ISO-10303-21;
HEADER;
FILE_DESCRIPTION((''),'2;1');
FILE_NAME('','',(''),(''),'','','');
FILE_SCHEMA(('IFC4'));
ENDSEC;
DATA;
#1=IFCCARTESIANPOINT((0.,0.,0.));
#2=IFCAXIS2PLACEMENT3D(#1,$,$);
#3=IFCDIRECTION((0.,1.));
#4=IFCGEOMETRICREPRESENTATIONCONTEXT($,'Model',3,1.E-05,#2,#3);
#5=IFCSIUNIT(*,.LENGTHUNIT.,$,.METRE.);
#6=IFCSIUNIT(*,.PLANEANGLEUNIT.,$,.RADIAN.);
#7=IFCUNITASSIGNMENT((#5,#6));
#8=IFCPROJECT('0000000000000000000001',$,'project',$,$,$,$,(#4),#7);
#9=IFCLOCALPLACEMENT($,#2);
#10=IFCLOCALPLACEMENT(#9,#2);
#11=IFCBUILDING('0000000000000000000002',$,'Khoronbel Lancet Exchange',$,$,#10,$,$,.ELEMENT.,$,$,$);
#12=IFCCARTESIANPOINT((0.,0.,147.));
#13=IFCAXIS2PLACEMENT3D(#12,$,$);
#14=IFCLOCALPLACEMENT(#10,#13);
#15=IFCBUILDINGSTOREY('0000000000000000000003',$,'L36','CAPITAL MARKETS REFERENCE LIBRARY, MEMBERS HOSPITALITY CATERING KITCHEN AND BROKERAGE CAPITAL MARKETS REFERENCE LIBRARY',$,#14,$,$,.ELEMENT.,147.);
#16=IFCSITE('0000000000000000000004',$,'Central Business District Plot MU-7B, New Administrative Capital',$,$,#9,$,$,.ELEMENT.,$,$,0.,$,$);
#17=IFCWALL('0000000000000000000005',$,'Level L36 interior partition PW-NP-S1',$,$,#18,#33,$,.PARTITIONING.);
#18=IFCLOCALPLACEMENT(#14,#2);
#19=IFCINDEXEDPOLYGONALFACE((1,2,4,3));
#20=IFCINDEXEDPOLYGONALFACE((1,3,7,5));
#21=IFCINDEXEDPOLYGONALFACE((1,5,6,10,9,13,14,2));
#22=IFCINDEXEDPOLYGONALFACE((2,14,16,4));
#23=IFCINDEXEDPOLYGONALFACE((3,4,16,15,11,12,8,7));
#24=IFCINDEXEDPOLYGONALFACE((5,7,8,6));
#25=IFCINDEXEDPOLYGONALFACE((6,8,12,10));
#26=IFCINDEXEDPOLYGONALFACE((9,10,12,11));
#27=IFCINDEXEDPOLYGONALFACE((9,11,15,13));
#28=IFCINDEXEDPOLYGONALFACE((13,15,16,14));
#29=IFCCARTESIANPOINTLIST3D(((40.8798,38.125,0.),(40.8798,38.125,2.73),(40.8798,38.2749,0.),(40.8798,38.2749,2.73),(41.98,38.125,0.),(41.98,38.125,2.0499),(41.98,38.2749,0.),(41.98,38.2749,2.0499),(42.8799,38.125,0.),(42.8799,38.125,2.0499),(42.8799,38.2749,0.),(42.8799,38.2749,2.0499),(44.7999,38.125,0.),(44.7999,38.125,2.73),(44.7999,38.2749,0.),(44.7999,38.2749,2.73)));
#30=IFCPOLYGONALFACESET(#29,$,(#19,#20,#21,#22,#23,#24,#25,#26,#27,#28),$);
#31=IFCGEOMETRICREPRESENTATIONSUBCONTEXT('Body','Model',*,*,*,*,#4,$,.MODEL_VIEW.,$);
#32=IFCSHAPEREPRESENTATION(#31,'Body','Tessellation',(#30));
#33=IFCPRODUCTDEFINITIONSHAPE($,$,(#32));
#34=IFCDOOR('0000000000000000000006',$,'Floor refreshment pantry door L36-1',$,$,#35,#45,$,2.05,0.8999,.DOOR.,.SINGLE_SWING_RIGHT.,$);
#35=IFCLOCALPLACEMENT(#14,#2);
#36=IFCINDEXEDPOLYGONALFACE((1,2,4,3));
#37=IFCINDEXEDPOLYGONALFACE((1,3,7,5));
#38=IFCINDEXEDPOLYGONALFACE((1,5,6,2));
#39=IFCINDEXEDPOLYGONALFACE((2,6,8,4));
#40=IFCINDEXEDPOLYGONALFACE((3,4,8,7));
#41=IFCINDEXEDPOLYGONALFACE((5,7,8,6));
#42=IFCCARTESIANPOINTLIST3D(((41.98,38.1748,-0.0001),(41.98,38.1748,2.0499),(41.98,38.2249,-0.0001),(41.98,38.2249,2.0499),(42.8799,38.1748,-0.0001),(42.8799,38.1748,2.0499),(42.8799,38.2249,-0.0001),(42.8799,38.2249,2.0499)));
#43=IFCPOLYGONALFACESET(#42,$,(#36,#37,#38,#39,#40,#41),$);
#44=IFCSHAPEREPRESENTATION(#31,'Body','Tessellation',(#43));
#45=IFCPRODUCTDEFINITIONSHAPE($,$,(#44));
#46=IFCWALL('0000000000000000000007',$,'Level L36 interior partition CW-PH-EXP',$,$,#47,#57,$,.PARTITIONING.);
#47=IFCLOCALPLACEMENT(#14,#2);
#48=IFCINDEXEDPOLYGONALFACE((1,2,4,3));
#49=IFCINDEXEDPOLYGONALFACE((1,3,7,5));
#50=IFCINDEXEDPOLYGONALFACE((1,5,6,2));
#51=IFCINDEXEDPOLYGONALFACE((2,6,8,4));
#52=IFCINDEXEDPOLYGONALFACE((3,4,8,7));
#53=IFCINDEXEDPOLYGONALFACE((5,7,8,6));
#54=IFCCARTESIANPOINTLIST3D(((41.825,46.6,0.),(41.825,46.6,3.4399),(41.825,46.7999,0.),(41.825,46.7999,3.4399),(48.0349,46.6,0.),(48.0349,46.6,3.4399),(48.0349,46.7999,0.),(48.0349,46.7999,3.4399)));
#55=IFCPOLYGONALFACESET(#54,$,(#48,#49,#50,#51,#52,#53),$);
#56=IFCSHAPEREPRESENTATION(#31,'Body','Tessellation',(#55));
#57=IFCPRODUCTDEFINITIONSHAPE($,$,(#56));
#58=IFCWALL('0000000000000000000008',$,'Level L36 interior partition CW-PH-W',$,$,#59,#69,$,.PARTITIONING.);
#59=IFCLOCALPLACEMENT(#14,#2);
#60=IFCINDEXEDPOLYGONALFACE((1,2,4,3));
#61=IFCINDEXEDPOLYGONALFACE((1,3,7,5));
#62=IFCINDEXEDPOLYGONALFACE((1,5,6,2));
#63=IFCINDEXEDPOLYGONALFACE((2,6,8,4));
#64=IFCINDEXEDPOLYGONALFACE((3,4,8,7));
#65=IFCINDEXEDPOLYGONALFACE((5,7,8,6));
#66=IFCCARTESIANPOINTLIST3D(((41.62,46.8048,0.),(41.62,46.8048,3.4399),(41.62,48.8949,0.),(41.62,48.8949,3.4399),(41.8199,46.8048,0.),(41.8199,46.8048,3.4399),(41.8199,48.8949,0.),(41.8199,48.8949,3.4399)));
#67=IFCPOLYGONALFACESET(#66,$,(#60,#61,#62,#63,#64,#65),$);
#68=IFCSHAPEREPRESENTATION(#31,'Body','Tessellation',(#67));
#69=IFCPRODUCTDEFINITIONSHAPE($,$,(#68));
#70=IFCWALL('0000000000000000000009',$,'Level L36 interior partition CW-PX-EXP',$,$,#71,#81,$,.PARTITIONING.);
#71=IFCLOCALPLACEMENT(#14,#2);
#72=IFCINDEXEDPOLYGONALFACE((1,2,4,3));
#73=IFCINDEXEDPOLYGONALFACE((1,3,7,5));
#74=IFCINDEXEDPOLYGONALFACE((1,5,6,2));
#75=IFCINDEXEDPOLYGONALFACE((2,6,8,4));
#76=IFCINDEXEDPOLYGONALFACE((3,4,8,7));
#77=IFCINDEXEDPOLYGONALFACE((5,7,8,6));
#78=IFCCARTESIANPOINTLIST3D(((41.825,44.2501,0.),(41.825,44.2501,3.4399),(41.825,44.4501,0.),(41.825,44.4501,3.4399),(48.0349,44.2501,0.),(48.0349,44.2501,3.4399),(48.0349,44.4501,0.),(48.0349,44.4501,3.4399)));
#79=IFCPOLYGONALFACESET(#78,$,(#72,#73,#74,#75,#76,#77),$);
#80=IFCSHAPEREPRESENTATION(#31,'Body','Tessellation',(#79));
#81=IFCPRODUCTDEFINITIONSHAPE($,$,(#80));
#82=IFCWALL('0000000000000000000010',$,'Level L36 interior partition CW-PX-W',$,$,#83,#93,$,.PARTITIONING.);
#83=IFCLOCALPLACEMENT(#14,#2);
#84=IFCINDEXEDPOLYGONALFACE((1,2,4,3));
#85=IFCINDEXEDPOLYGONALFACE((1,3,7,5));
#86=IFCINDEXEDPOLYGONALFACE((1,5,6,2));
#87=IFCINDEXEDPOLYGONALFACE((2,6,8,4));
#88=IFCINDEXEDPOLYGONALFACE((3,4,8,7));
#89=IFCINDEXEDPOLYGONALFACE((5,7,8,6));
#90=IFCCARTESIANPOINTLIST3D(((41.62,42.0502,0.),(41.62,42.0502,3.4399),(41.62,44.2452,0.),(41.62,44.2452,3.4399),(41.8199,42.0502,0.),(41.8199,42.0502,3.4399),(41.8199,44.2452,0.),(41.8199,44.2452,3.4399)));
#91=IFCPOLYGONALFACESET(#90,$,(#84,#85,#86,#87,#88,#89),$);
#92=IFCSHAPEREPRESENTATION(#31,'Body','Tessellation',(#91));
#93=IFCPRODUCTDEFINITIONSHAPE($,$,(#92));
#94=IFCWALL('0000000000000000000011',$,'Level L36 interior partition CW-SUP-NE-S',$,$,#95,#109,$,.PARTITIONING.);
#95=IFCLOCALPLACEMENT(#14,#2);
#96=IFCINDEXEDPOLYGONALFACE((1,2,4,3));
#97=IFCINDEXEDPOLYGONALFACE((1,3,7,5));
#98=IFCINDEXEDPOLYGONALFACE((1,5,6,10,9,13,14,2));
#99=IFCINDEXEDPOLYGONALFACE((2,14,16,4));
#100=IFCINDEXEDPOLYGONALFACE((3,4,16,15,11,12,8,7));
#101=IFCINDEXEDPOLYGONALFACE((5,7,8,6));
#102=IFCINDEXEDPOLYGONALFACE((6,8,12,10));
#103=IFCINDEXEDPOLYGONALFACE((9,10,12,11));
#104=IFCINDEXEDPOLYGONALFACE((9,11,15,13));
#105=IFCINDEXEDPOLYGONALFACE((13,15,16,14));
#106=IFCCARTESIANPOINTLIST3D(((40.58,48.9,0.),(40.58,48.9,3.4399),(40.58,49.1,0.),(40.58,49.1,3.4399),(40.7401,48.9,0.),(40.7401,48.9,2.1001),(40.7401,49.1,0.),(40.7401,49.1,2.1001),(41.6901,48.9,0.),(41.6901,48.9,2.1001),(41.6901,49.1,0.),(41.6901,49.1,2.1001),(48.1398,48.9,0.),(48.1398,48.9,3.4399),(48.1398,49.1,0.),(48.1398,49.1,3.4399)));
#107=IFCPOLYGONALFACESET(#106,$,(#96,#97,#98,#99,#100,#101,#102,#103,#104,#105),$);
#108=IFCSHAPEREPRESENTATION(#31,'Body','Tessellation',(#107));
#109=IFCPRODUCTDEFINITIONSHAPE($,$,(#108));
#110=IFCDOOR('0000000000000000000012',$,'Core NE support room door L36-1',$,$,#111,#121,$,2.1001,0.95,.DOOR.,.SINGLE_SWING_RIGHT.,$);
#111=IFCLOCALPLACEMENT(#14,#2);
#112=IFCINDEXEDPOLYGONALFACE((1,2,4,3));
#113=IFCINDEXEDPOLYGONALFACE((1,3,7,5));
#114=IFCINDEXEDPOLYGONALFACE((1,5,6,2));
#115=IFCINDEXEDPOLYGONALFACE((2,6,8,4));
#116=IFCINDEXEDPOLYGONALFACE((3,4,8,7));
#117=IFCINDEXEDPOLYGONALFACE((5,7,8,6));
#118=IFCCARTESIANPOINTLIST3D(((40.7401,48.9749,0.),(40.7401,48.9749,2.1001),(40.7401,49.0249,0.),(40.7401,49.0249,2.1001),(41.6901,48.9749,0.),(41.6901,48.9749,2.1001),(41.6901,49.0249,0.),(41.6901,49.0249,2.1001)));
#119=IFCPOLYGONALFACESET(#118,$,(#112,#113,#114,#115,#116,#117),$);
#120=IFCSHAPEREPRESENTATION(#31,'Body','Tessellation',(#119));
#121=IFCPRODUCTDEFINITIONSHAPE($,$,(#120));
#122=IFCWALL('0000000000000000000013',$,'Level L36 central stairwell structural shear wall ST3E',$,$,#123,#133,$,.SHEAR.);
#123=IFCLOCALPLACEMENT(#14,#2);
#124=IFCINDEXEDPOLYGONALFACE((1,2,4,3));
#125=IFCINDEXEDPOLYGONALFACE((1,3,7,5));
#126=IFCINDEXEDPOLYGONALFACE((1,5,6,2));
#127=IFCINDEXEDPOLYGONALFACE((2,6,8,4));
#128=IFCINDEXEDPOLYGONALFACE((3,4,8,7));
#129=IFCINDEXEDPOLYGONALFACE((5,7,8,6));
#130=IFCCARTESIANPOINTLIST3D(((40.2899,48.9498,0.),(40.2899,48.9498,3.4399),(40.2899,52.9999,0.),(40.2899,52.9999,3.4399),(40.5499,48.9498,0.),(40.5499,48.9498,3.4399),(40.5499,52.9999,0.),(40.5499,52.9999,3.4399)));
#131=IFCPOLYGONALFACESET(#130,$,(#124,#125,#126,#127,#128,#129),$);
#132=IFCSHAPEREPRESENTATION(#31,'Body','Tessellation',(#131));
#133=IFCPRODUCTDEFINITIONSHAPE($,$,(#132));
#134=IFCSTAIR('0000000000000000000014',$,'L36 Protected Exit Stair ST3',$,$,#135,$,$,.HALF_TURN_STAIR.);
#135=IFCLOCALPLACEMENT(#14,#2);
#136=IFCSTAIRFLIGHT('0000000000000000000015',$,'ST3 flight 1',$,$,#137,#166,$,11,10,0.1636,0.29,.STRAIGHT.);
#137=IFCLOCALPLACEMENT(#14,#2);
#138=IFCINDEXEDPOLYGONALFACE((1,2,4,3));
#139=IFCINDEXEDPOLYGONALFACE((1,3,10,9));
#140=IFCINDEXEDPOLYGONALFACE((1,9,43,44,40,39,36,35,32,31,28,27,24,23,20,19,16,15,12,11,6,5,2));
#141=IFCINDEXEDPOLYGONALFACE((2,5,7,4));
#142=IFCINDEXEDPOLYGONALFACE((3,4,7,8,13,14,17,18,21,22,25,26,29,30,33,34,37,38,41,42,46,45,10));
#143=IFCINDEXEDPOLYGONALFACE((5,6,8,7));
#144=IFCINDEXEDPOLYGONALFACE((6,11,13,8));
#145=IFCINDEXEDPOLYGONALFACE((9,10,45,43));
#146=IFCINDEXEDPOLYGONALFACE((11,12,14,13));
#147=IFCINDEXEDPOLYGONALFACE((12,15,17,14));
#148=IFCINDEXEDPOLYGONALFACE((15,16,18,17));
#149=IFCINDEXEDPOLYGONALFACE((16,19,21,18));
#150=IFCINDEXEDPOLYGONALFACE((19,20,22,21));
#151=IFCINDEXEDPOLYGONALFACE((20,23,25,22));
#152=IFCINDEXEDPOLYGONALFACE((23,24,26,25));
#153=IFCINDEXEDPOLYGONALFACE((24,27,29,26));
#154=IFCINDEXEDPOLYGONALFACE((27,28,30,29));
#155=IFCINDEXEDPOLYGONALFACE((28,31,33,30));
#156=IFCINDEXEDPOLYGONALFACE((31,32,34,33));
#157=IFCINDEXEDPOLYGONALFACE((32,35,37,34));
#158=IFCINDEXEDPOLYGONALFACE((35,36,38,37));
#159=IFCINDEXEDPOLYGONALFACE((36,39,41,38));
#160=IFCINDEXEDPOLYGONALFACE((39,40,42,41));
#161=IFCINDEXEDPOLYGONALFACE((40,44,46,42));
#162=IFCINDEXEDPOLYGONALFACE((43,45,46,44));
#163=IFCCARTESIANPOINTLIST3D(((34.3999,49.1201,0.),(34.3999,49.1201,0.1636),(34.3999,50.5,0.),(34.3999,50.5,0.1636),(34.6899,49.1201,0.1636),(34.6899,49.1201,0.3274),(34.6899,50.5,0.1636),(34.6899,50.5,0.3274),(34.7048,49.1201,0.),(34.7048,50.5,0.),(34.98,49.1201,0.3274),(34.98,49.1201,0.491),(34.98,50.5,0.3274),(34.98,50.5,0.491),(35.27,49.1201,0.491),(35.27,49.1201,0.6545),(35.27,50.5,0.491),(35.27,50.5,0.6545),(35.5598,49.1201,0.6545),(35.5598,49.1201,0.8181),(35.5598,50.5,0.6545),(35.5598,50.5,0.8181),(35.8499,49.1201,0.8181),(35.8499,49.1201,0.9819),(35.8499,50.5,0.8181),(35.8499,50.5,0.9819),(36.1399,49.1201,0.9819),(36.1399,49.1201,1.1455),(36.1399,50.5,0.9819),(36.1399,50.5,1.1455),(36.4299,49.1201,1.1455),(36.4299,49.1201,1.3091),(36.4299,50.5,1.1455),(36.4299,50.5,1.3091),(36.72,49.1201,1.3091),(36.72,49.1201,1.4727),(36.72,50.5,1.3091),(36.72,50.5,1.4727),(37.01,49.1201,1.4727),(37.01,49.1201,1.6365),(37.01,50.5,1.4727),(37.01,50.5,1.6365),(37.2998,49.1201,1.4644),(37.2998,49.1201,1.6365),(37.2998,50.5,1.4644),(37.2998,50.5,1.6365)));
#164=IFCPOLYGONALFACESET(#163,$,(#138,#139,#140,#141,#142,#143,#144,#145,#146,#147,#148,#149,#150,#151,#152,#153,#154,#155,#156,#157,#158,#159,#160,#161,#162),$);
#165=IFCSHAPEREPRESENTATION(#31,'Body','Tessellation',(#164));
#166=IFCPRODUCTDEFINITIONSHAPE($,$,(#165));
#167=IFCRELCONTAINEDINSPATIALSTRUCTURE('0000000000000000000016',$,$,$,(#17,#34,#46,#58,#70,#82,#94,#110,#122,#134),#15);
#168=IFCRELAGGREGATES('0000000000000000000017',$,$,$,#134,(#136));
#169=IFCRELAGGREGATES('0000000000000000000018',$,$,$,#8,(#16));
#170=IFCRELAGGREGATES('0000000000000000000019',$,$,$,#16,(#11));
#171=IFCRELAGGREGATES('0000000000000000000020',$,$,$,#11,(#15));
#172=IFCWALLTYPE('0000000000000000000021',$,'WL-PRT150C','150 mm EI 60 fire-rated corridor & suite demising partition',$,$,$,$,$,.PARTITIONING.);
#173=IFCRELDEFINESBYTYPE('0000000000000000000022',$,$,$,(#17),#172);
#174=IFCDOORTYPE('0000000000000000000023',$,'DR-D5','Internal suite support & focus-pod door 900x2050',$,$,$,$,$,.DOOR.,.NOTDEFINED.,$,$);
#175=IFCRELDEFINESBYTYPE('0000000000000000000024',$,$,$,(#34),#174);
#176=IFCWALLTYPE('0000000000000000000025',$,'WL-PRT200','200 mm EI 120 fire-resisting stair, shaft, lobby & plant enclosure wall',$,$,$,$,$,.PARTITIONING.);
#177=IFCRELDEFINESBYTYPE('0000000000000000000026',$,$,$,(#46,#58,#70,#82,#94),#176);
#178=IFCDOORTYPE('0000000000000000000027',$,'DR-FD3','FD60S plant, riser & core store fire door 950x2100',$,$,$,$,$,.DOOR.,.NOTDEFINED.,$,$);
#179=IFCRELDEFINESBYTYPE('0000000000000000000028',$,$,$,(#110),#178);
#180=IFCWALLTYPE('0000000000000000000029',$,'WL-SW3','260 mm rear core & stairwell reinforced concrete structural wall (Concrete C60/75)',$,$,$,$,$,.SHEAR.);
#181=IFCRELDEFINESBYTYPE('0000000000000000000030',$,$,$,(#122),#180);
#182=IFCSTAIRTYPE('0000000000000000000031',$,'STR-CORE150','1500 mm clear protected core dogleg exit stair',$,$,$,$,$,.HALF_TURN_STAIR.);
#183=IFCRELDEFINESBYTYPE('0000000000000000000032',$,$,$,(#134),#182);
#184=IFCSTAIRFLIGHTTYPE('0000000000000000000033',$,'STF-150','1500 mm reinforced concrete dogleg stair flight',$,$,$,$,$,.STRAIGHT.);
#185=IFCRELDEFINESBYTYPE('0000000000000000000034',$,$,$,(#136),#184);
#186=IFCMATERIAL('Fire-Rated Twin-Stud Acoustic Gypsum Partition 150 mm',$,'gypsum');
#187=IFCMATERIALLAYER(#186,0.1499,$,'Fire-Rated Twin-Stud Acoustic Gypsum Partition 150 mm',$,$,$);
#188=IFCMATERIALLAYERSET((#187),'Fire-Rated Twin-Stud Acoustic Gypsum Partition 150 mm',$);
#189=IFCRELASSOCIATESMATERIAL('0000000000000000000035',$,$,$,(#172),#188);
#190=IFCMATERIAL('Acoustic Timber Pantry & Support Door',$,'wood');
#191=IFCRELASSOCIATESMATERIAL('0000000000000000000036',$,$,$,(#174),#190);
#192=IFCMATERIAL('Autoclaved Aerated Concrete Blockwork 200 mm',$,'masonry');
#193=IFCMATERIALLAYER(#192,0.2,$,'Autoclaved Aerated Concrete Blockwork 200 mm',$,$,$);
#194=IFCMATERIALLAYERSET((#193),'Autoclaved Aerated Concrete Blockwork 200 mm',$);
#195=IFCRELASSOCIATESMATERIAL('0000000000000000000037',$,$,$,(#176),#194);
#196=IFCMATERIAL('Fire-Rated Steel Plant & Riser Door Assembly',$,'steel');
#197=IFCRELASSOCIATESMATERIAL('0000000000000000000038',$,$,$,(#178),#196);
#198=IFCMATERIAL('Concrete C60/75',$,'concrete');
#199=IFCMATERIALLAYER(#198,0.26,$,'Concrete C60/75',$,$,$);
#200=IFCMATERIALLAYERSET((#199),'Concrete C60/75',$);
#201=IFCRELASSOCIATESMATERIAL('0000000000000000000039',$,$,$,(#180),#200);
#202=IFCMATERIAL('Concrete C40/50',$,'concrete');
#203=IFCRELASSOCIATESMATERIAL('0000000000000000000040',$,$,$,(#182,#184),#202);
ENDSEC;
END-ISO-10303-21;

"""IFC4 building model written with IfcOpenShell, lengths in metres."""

from ifc_helpers import new_model, si_unit, direction, frame, frame_2d, origin, place, context, subcontext, project, spatial, polyline, rectangle, outline, extrude, material, layer, layer_set, type_object, element, fill, aggregate, save


model = new_model("IFC4")

# Units and contexts
model_context = context("Model", 3, precision=1e-05, world=origin(), true_north=direction((0.0, 1.0)))
body_context = subcontext(model_context, "Body", "Model", "MODEL_VIEW")
ifc_project = project(units=[si_unit("LENGTHUNIT", "METRE"), si_unit("PLANEANGLEUNIT", "RADIAN")], contexts=[model_context])

# Site, building, storey
site_placement = place(None, origin())
site = spatial("IfcSite", under=ifc_project, at=site_placement, Name="Central Business District Plot MU-7B, New Administrative Capital", CompositionType="ELEMENT", RefElevation=0.0)
building_placement = place(site_placement, origin())
building = spatial("IfcBuilding", under=site, at=building_placement, Name="Khoronbel Lancet Exchange", CompositionType="ELEMENT")
storey_placement = place(building_placement, frame((0.0, 0.0, 147.0)))
storey = spatial("IfcBuildingStorey", under=building, at=storey_placement, Name="L36", Description="CAPITAL MARKETS REFERENCE LIBRARY, MEMBERS HOSPITALITY CATERING KITCHEN AND BROKERAGE CAPITAL MARKETS REFERENCE LIBRARY", CompositionType="ELEMENT", Elevation=147.0)

# Wall, opening, door
ifc_material_1 = material(Name="Fire-Rated Twin-Stud Acoustic Gypsum Partition 150 mm", Category="gypsum")
ifc_layer_1 = layer(ifc_material_1, 0.1499, Name="Fire-Rated Twin-Stud Acoustic Gypsum Partition 150 mm")
ifc_layer_set_1 = layer_set([ifc_layer_1], Name="Fire-Rated Twin-Stud Acoustic Gypsum Partition 150 mm")
wall_type_1 = type_object("IfcWallType", Name="WL-PRT150C", Description="150 mm EI 60 fire-rated corridor & suite demising partition", PredefinedType="PARTITIONING", material=ifc_layer_set_1)
wall_1_placement = place(storey_placement, frame((40.8799, 38.2, 0.0), z_axis=(0.0, 0.0, 1.0), x_axis=(1.0, 0.0, 0.0)))
wall_1 = element("IfcWall", 1, at=wall_1_placement, inside=storey, type_object=wall_type_1, Name="Level L36 interior partition PW-NP-S1", PredefinedType="PARTITIONING", context=body_context, shape_type="SweptSolid", body=[
    extrude(rectangle(XDim=3.9202, YDim=0.1499, at=frame_2d((1.96, 0.0))), origin(), (0.0, 0.0, 1.0), 2.73),
])
opening_1_placement = place(wall_1_placement, frame((1.1001, 0.0, 0.0)))
opening_1 = element("IfcOpeningElement", 2, at=opening_1_placement, cuts=wall_1, PredefinedType="OPENING", context=body_context, shape_type="SweptSolid", body=[
    extrude(rectangle(XDim=0.8999, YDim=2.05, at=frame_2d((0.45, 1.0249))), frame((0.0, 0.085, 0.0), z_axis=(0.0, -1.0, 0.0), x_axis=(1.0, 0.0, 0.0)), (0.0, 0.0, 1.0), 0.1699),
])
ifc_material_2 = material(Name="Acoustic Timber Pantry & Support Door", Category="wood")
door_type_1 = type_object("IfcDoorType", Name="DR-D5", Description="Internal suite support & focus-pod door 900x2050", OperationType="NOTDEFINED", PredefinedType="DOOR", material=ifc_material_2)
door_1_placement = place(opening_1_placement, origin())
door_1 = element("IfcDoor", 3, at=door_1_placement, inside=storey, type_object=door_type_1, Name="Floor refreshment pantry door L36-1", OperationType="SINGLE_SWING_RIGHT", OverallHeight=2.05, OverallWidth=0.8999, PredefinedType="DOOR", context=body_context, shape_type="SweptSolid", body=[
    extrude(rectangle(XDim=0.8999, YDim=2.05, at=frame_2d((0.45, 1.0249))), frame((0.0, 0.0249, 0.0), z_axis=(0.0, -1.0, 0.0), x_axis=(1.0, 0.0, 0.0)), (0.0, 0.0, 1.0), 0.05),
])
fill(opening_1, door_1)

# Walls
ifc_material_3 = material(Name="Autoclaved Aerated Concrete Blockwork 200 mm", Category="masonry")
ifc_layer_2 = layer(ifc_material_3, 0.2, Name="Autoclaved Aerated Concrete Blockwork 200 mm")
ifc_layer_set_2 = layer_set([ifc_layer_2], Name="Autoclaved Aerated Concrete Blockwork 200 mm")
wall_type_2 = type_object("IfcWallType", Name="WL-PRT200", Description="200 mm EI 120 fire-resisting stair, shaft, lobby & plant enclosure wall", PredefinedType="PARTITIONING", material=ifc_layer_set_2)
wall_2_placement = place(storey_placement, frame((41.825, 46.7, 0.0), z_axis=(0.0, 0.0, 1.0), x_axis=(1.0, 0.0, 0.0)))
element("IfcWall", 4, at=wall_2_placement, inside=storey, type_object=wall_type_2, Name="Level L36 interior partition CW-PH-EXP", PredefinedType="PARTITIONING", context=body_context, shape_type="SweptSolid", body=[
    extrude(rectangle(XDim=6.21, YDim=0.2, at=frame_2d((3.105, 0.0))), origin(), (0.0, 0.0, 1.0), 3.4399),
])
wall_3_placement = place(storey_placement, frame((41.72, 46.8049, 0.0), z_axis=(0.0, 0.0, 1.0), x_axis=(0.0, 1.0, 0.0)))
element("IfcWall", 5, at=wall_3_placement, inside=storey, type_object=wall_type_2, Name="Level L36 interior partition CW-PH-W", PredefinedType="PARTITIONING", context=body_context, shape_type="SweptSolid", body=[
    extrude(rectangle(XDim=2.0901, YDim=0.2, at=frame_2d((1.0449, 0.0))), origin(), (0.0, 0.0, 1.0), 3.4399),
])
wall_4_placement = place(storey_placement, frame((41.825, 44.3501, 0.0), z_axis=(0.0, 0.0, 1.0), x_axis=(1.0, 0.0, 0.0)))
element("IfcWall", 6, at=wall_4_placement, inside=storey, type_object=wall_type_2, Name="Level L36 interior partition CW-PX-EXP", PredefinedType="PARTITIONING", context=body_context, shape_type="SweptSolid", body=[
    extrude(rectangle(XDim=6.21, YDim=0.2, at=frame_2d((3.105, 0.0))), origin(), (0.0, 0.0, 1.0), 3.4399),
])
wall_5_placement = place(storey_placement, frame((41.72, 42.05, 0.0), z_axis=(0.0, 0.0, 1.0), x_axis=(0.0, 1.0, 0.0)))
element("IfcWall", 7, at=wall_5_placement, inside=storey, type_object=wall_type_2, Name="Level L36 interior partition CW-PX-W", PredefinedType="PARTITIONING", context=body_context, shape_type="SweptSolid", body=[
    extrude(rectangle(XDim=2.1951, YDim=0.2, at=frame_2d((1.0977, 0.0))), origin(), (0.0, 0.0, 1.0), 3.4399),
])

# Wall, opening, door
wall_6_placement = place(storey_placement, frame((40.5801, 49.0, 0.0), z_axis=(0.0, 0.0, 1.0), x_axis=(1.0, 0.0, 0.0)))
wall_6 = element("IfcWall", 8, at=wall_6_placement, inside=storey, type_object=wall_type_2, Name="Level L36 interior partition CW-SUP-NE-S", PredefinedType="PARTITIONING", context=body_context, shape_type="SweptSolid", body=[
    extrude(rectangle(XDim=7.5598, YDim=0.2, at=frame_2d((3.7798, 0.0))), origin(), (0.0, 0.0, 1.0), 3.4399),
])
opening_2_placement = place(wall_6_placement, frame((0.1599, 0.0, 0.0)))
opening_2 = element("IfcOpeningElement", 9, at=opening_2_placement, cuts=wall_6, PredefinedType="OPENING", context=body_context, shape_type="SweptSolid", body=[
    extrude(rectangle(XDim=0.95, YDim=2.1001, at=frame_2d((0.4751, 1.05))), frame((0.0, 0.1099, 0.0), z_axis=(0.0, -1.0, 0.0), x_axis=(1.0, 0.0, 0.0)), (0.0, 0.0, 1.0), 0.22),
])
ifc_material_4 = material(Name="Fire-Rated Steel Plant & Riser Door Assembly", Category="steel")
door_type_2 = type_object("IfcDoorType", Name="DR-FD3", Description="FD60S plant, riser & core store fire door 950x2100", OperationType="NOTDEFINED", PredefinedType="DOOR", material=ifc_material_4)
door_2_placement = place(opening_2_placement, origin())
door_2 = element("IfcDoor", 10, at=door_2_placement, inside=storey, type_object=door_type_2, Name="Core NE support room door L36-1", OperationType="SINGLE_SWING_RIGHT", OverallHeight=2.1001, OverallWidth=0.95, PredefinedType="DOOR", context=body_context, shape_type="SweptSolid", body=[
    extrude(rectangle(XDim=0.95, YDim=2.1001, at=frame_2d((0.4751, 1.05))), frame((0.0, 0.0249, 0.0), z_axis=(0.0, -1.0, 0.0), x_axis=(1.0, 0.0, 0.0)), (0.0, 0.0, 1.0), 0.05),
])
fill(opening_2, door_2)

# Wall
ifc_material_5 = material(Name="Concrete C60/75", Category="concrete")
ifc_layer_3 = layer(ifc_material_5, 0.26, Name="Concrete C60/75")
ifc_layer_set_3 = layer_set([ifc_layer_3], Name="Concrete C60/75")
wall_type_3 = type_object("IfcWallType", Name="WL-SW3", Description="260 mm rear core & stairwell reinforced concrete structural wall (Concrete C60/75)", PredefinedType="SHEAR", material=ifc_layer_set_3)
wall_7_placement = place(storey_placement, frame((40.4199, 48.95, 0.0), z_axis=(0.0, 0.0, 1.0), x_axis=(0.0, 1.0, 0.0)))
element("IfcWall", 11, at=wall_7_placement, inside=storey, type_object=wall_type_3, Name="Level L36 central stairwell structural shear wall ST3E", PredefinedType="SHEAR", context=body_context, shape_type="SweptSolid", body=[
    extrude(rectangle(XDim=4.05, YDim=0.26, at=frame_2d((2.0249, 0.0))), origin(), (0.0, 0.0, 1.0), 3.4399),
])

# Stair, stair flight
ifc_material_6 = material(Name="Concrete C40/50", Category="concrete")
stair_type = type_object("IfcStairType", Name="STR-CORE150", Description="1500 mm clear protected core dogleg exit stair", PredefinedType="HALF_TURN_STAIR", material=ifc_material_6)
stair_placement = place(storey_placement, origin())
stair = element("IfcStair", 12, at=stair_placement, inside=storey, type_object=stair_type, Name="L36 Protected Exit Stair ST3", PredefinedType="HALF_TURN_STAIR")
stair_flight_type = type_object("IfcStairFlightType", Name="STF-150", Description="1500 mm reinforced concrete dogleg stair flight", PredefinedType="STRAIGHT", material=ifc_material_6)
stair_flight_1_placement = place(storey_placement, frame((34.3999, 49.8101, 0.0), z_axis=(0.0, 0.0, 1.0), x_axis=(1.0, 0.0, 0.0)))
stair_flight_1 = element("IfcStairFlight", 13, at=stair_flight_1_placement, type_object=stair_flight_type, Name="ST3 flight 1", NumberOfRisers=11, NumberOfTreads=10, PredefinedType="STRAIGHT", RiserHeight=0.1636, TreadLength=0.29, context=body_context, shape_type="SweptSolid", body=[
    extrude(outline(polyline([(0.0, 0.0), (0.0, 0.1636), (0.29, 0.1636), (0.29, 0.3274), (0.5801, 0.3274), (0.5801, 0.491), (0.8701, 0.491), (0.8701, 0.6545), (1.1599, 0.6545), (1.1599, 0.8181), (1.45, 0.8181), (1.45, 0.9819), (1.74, 0.9819), (1.74, 1.1455), (2.03, 1.1455), (2.03, 1.3091), (2.3201, 1.3091), (2.3201, 1.4727), (2.6101, 1.4727), (2.6101, 1.6365), (2.8999, 1.6365), (2.8999, 1.8), (2.8999, 1.4644), (0.3049, 0.0), (0.0, 0.0)])), frame((0.0, 0.6899, 0.0), z_axis=(0.0, -1.0, 0.0), x_axis=(1.0, 0.0, 0.0)), (0.0, 0.0, 1.0), 1.3799),
])
aggregate(stair, [stair_flight_1])

save(model, "model.ifc")
